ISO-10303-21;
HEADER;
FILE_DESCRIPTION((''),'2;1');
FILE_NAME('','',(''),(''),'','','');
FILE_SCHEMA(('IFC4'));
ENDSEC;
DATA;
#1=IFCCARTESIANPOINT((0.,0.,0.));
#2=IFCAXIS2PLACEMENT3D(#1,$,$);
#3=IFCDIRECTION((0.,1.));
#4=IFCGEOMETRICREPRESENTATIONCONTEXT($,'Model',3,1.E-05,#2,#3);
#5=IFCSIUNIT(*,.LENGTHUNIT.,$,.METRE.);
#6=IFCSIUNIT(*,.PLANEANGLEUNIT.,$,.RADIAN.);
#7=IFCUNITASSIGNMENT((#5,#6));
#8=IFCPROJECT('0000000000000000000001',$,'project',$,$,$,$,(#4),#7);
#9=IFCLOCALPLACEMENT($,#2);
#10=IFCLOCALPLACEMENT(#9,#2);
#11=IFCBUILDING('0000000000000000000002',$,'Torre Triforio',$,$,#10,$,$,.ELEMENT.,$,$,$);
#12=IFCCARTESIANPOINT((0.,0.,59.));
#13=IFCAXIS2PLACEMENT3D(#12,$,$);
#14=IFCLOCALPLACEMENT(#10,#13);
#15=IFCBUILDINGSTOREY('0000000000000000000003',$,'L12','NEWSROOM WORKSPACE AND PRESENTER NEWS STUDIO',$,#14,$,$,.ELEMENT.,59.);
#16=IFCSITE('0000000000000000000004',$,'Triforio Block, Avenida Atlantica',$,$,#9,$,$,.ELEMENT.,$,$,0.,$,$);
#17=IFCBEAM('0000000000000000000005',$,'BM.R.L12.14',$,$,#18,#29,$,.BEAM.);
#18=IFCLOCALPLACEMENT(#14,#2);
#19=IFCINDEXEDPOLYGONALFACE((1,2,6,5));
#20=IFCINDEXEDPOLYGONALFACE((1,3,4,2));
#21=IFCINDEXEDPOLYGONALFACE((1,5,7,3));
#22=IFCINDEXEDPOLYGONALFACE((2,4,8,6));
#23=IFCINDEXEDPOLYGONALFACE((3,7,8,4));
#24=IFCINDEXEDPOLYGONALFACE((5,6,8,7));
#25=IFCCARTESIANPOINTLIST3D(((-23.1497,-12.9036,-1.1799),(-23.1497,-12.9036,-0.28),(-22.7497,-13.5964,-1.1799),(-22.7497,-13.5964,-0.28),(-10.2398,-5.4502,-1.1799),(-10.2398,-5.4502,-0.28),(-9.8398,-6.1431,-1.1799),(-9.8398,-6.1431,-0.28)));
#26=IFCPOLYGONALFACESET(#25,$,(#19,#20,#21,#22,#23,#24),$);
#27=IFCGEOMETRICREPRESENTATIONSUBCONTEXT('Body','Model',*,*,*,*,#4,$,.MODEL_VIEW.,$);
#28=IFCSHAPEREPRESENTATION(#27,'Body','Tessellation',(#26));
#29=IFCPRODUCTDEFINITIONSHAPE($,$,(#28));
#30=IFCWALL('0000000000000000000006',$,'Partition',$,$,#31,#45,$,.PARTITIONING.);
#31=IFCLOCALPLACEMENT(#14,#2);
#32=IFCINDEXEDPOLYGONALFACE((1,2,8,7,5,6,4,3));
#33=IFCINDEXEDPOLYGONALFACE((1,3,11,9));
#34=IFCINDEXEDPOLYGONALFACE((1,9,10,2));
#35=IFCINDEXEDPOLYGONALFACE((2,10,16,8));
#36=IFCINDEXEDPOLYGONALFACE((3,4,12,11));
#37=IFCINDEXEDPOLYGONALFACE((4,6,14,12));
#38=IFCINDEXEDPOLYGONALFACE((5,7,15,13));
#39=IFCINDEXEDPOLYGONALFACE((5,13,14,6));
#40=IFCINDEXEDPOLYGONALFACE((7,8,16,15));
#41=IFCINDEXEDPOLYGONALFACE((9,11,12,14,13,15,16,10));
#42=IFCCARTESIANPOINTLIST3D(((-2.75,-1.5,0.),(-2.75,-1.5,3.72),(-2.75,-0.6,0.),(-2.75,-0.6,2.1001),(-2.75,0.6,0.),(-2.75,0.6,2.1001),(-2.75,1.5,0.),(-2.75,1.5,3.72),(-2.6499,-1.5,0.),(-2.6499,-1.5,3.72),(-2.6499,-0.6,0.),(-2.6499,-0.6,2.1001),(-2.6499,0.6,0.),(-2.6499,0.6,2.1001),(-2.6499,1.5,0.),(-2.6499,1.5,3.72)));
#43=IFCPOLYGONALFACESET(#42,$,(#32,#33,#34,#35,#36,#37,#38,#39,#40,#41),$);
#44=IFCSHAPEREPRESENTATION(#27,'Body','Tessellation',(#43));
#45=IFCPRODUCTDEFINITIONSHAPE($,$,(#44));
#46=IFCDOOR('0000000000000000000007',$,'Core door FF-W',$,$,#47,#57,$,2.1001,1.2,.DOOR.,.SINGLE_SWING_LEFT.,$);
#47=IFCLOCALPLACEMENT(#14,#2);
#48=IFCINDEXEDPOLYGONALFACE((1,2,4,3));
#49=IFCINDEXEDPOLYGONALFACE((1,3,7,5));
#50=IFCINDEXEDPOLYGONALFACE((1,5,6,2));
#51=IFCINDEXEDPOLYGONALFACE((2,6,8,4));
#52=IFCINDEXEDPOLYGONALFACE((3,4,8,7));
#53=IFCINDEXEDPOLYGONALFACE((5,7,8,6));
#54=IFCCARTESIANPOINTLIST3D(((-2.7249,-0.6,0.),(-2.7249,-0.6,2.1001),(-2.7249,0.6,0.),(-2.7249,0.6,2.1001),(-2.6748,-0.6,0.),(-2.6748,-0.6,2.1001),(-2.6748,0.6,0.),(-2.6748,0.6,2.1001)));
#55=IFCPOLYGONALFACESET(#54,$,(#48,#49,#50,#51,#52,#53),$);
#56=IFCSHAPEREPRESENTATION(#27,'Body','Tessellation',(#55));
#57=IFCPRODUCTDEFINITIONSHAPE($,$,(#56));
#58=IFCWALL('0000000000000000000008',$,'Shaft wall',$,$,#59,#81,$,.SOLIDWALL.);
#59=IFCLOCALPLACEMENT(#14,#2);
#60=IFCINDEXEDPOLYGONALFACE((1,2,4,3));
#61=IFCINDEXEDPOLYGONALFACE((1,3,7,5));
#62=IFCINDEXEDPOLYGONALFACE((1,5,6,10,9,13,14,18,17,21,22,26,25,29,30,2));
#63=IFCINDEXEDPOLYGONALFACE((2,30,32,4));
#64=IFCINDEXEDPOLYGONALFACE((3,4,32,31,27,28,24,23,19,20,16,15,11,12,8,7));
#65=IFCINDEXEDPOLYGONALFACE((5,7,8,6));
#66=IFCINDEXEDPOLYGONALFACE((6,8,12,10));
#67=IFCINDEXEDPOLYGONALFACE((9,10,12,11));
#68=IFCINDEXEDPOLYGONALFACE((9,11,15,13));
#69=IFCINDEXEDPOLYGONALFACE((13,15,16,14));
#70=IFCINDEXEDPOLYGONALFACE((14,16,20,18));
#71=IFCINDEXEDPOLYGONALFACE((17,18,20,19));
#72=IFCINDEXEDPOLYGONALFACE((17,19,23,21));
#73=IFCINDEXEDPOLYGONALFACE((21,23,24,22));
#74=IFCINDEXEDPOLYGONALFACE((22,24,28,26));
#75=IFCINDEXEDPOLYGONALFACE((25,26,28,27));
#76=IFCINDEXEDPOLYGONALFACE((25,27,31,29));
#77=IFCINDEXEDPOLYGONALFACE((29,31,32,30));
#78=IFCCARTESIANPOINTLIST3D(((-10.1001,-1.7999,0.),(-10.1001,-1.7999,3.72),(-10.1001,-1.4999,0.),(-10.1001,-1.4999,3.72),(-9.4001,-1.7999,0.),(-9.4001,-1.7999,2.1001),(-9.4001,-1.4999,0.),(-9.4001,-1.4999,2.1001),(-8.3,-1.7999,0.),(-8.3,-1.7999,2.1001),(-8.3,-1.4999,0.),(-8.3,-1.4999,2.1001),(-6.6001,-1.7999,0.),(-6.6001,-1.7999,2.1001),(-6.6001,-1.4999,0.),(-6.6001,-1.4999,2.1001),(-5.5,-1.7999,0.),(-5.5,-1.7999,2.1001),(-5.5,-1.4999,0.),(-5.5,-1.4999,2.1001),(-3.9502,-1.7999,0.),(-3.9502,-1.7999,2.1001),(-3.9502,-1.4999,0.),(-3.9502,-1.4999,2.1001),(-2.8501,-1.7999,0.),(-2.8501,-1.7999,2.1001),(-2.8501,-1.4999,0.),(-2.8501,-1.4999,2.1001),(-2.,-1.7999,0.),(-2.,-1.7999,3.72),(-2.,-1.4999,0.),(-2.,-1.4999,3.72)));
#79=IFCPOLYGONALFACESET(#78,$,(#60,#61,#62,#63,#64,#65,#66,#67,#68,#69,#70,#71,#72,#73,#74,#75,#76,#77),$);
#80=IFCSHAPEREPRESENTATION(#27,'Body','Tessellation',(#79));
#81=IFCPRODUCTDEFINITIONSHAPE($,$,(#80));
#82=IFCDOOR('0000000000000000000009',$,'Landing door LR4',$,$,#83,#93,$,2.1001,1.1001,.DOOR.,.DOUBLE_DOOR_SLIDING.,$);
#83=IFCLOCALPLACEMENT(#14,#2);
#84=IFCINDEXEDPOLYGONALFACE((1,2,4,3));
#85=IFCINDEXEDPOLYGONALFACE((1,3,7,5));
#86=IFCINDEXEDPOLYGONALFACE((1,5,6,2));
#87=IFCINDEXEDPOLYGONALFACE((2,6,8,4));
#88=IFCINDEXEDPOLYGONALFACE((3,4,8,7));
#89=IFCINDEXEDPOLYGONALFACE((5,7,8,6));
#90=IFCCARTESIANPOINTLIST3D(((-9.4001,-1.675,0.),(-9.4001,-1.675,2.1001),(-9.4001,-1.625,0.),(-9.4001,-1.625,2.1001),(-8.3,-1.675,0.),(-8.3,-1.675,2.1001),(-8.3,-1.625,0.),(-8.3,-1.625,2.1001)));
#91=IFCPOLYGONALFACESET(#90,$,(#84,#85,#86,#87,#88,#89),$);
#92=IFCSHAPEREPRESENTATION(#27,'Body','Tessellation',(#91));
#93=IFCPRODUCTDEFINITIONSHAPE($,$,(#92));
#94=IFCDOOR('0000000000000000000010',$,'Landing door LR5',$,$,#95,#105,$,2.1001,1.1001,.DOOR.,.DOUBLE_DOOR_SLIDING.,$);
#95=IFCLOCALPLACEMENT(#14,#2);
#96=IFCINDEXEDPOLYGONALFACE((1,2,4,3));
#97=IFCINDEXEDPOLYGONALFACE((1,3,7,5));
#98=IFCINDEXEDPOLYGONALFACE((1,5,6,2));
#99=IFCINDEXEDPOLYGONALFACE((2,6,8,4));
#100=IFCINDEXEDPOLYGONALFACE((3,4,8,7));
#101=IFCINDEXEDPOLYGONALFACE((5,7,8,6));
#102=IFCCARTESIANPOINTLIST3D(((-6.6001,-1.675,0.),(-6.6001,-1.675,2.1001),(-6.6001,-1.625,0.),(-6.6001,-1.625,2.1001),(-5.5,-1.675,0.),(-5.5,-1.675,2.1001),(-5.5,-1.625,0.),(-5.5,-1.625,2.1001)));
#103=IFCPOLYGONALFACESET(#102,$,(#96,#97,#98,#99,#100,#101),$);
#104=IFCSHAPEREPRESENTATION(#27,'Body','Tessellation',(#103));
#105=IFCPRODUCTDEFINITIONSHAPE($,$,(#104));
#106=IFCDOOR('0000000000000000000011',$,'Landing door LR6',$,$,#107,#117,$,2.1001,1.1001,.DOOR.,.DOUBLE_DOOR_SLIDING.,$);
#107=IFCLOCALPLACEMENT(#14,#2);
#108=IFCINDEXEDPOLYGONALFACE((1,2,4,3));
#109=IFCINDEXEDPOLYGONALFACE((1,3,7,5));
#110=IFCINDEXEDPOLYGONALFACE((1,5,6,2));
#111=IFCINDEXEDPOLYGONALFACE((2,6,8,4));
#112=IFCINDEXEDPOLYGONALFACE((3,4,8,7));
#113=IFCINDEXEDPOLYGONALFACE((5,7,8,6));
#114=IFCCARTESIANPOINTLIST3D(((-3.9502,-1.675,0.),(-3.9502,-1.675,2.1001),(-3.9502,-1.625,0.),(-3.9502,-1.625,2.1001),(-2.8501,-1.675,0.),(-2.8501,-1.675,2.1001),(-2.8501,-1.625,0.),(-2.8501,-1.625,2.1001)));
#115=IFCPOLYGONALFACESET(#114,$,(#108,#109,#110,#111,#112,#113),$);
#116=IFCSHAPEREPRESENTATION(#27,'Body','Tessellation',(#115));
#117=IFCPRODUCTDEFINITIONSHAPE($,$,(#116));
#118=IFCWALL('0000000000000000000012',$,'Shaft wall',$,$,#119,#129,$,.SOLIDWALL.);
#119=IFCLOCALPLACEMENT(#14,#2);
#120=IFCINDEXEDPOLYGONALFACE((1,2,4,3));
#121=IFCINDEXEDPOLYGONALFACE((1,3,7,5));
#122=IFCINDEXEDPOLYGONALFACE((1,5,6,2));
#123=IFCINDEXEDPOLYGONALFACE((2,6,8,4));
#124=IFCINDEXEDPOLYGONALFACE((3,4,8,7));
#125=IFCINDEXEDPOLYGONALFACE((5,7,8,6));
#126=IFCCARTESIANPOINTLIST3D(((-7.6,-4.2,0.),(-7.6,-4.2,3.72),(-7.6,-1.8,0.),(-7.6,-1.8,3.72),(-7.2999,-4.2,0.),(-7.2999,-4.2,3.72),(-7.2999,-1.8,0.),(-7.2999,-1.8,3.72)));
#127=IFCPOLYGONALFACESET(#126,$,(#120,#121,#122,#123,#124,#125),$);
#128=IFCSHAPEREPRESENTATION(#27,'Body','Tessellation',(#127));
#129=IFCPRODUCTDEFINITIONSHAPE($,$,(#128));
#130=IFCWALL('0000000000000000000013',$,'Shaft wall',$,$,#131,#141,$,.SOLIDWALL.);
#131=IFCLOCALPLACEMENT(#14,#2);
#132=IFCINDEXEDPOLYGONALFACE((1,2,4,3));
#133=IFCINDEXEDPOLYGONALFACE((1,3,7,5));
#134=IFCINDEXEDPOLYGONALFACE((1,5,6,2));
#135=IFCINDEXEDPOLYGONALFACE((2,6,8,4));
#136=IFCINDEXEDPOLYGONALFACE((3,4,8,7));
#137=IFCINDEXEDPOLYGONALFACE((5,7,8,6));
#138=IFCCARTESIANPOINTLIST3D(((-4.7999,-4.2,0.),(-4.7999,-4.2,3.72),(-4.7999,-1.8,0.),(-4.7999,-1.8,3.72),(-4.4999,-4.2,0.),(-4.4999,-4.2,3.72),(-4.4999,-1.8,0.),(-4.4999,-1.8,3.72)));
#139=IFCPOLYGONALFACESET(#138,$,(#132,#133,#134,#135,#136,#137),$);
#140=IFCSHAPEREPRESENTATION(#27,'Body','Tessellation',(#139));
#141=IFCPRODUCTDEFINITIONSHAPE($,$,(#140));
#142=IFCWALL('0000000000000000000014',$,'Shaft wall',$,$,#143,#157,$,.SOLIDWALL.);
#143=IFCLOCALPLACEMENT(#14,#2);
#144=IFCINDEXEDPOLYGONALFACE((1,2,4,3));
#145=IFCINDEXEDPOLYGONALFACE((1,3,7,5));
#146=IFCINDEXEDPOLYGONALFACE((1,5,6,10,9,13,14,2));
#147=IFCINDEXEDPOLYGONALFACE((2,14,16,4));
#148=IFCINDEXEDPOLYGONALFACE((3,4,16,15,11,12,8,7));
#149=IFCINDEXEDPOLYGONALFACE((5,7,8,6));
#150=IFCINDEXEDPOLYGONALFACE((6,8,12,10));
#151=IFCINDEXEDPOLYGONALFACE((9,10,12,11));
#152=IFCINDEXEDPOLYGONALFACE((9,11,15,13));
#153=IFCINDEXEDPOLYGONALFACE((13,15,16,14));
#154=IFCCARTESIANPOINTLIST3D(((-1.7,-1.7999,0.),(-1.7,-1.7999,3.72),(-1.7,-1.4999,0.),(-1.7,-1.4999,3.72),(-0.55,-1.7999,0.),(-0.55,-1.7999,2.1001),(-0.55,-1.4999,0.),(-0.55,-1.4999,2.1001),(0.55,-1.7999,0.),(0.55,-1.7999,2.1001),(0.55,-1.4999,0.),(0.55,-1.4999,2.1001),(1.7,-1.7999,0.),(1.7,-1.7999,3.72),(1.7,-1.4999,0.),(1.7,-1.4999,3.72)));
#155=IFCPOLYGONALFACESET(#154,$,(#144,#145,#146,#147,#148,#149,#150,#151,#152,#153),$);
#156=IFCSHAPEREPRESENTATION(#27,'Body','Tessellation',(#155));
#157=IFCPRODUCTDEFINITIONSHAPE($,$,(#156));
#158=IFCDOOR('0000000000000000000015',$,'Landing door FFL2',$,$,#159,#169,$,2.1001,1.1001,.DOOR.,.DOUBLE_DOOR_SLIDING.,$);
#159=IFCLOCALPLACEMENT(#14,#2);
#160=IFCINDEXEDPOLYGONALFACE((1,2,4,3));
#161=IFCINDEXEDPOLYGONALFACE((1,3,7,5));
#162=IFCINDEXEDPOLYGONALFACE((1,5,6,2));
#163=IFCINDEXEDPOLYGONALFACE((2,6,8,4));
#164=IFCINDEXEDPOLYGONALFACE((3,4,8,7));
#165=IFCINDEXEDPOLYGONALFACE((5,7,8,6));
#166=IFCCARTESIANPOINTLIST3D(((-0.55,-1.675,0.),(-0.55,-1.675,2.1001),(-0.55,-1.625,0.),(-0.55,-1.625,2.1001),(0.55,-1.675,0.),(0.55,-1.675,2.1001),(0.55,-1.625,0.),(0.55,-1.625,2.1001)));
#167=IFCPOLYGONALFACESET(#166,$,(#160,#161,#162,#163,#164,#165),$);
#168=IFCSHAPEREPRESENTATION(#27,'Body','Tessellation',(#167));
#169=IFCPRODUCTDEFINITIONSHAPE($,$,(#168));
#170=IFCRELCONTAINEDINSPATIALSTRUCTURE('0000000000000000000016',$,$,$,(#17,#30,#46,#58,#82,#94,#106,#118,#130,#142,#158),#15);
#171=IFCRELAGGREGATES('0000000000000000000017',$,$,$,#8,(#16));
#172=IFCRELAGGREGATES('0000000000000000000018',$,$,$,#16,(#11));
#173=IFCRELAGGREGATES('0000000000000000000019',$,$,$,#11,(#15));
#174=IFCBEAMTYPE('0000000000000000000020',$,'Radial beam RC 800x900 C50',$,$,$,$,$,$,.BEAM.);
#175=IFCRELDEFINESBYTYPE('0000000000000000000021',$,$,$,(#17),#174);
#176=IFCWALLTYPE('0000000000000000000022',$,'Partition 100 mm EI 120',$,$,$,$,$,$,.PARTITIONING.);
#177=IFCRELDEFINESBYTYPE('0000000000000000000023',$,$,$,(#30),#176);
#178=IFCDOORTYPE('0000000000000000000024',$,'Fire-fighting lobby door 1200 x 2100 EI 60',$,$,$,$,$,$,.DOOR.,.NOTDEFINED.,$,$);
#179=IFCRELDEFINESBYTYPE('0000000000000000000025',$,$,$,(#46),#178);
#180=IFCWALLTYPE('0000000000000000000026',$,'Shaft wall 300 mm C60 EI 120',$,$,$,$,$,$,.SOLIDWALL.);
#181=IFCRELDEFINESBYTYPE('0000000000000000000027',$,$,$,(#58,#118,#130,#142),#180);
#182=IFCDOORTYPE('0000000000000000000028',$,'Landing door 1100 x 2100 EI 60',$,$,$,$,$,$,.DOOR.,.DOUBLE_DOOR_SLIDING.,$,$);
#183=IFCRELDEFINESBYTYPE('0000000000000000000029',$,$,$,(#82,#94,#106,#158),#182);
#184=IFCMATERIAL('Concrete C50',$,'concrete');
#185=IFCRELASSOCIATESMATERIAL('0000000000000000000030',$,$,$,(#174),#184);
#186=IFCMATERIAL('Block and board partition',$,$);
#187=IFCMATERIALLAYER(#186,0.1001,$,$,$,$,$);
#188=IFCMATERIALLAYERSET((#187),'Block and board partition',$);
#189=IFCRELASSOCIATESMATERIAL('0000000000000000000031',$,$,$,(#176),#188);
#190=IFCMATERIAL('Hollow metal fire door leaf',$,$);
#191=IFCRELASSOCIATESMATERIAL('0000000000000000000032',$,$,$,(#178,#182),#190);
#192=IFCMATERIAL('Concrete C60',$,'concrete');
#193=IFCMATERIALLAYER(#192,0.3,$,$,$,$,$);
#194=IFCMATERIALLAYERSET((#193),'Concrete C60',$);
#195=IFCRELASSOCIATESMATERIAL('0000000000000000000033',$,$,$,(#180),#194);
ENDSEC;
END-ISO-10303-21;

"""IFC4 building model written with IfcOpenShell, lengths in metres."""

from ifc_helpers import new_model, si_unit, direction, frame, frame_2d, origin, origin_2d, place, context, subcontext, project, spatial, rectangle, extrude, material, layer, layer_set, material_profile, profile_set, type_object, element, fill, save


model = new_model("IFC4")

# Units and contexts
model_context = context("Model", 3, precision=1e-05, world=origin(), true_north=direction((0.0, 1.0)))
body_context = subcontext(model_context, "Body", "Model", "MODEL_VIEW")
ifc_project = project(units=[si_unit("LENGTHUNIT", "METRE"), si_unit("PLANEANGLEUNIT", "RADIAN")], contexts=[model_context])

# Site, building, storey
site_placement = place(None, origin())
site = spatial("IfcSite", under=ifc_project, at=site_placement, Name="Triforio Block, Avenida Atlantica", CompositionType="ELEMENT", RefElevation=0.0)
building_placement = place(site_placement, origin())
building = spatial("IfcBuilding", under=site, at=building_placement, Name="Torre Triforio", CompositionType="ELEMENT")
storey_placement = place(building_placement, frame((0.0, 0.0, 59.0)))
storey = spatial("IfcBuildingStorey", under=building, at=storey_placement, Name="L12", Description="NEWSROOM WORKSPACE AND PRESENTER NEWS STUDIO", CompositionType="ELEMENT", Elevation=59.0)

# Beam
ifc_material_1 = material(Name="Concrete C50", Category="concrete")
ifc_material_profile = material_profile(ifc_material_1, rectangle(XDim=0.8, YDim=0.8999, at=origin_2d()), Name="RC 800x900")
ifc_profile_set = profile_set([ifc_material_profile], Name="Concrete C50")
beam_type = type_object("IfcBeamType", Name="Radial beam RC 800x900 C50", PredefinedType="BEAM", material=ifc_profile_set)
beam_placement = place(storey_placement, frame((-10.0398, -5.7966, -0.73), z_axis=(-0.86603, -0.499991, 0.0), x_axis=(0.499991, -0.86603, 0.0)))
element("IfcBeam", 1, at=beam_placement, inside=storey, type_object=beam_type, Name="BM.R.L12.14", PredefinedType="BEAM", context=body_context, shape_type="SweptSolid", body=[
    extrude(rectangle(XDim=0.8, YDim=0.8999, at=origin_2d()), origin(), (0.0, 0.0, 1.0), 14.907),
])

# Wall, opening, door
ifc_material_2 = material(Name="Block and board partition")
ifc_layer_1 = layer(ifc_material_2, 0.1001)
ifc_layer_set_1 = layer_set([ifc_layer_1], Name="Block and board partition")
wall_type_1 = type_object("IfcWallType", Name="Partition 100 mm EI 120", PredefinedType="PARTITIONING", material=ifc_layer_set_1)
wall_1_placement = place(storey_placement, frame((-2.7, -1.5, 0.0), z_axis=(0.0, 0.0, 1.0), x_axis=(0.0, 1.0, 0.0)))
wall_1 = element("IfcWall", 2, at=wall_1_placement, inside=storey, type_object=wall_type_1, Name="Partition", PredefinedType="PARTITIONING", context=body_context, shape_type="SweptSolid", body=[
    extrude(rectangle(XDim=3.0, YDim=0.1001, at=frame_2d((1.5, 0.0))), origin(), (0.0, 0.0, 1.0), 3.72),
])
opening_1_placement = place(wall_1_placement, frame((0.8999, 0.0, 0.0)))
opening_1 = element("IfcOpeningElement", 3, at=opening_1_placement, cuts=wall_1, PredefinedType="OPENING", context=body_context, shape_type="SweptSolid", body=[
    extrude(rectangle(XDim=1.2, YDim=2.1001, at=frame_2d((0.6001, 1.05))), frame((0.0, 0.0601, 0.0), z_axis=(0.0, -1.0, 0.0), x_axis=(1.0, 0.0, 0.0)), (0.0, 0.0, 1.0), 0.1201),
])
ifc_material_3 = material(Name="Hollow metal fire door leaf")
door_type_1 = type_object("IfcDoorType", Name="Fire-fighting lobby door 1200 x 2100 EI 60", OperationType="NOTDEFINED", PredefinedType="DOOR", material=ifc_material_3)
door_1_placement = place(opening_1_placement, origin())
door_1 = element("IfcDoor", 4, at=door_1_placement, inside=storey, type_object=door_type_1, Name="Core door FF-W", OperationType="SINGLE_SWING_LEFT", OverallHeight=2.1001, OverallWidth=1.2, PredefinedType="DOOR", context=body_context, shape_type="SweptSolid", body=[
    extrude(rectangle(XDim=1.2, YDim=2.1001, at=frame_2d((0.6001, 1.05))), frame((0.0, 0.0249, 0.0), z_axis=(0.0, -1.0, 0.0), x_axis=(1.0, 0.0, 0.0)), (0.0, 0.0, 1.0), 0.05),
])
fill(opening_1, door_1)

# Wall, openings, doors
ifc_material_4 = material(Name="Concrete C60", Category="concrete")
ifc_layer_2 = layer(ifc_material_4, 0.3)
ifc_layer_set_2 = layer_set([ifc_layer_2], Name="Concrete C60")
wall_type_2 = type_object("IfcWallType", Name="Shaft wall 300 mm C60 EI 120", PredefinedType="SOLIDWALL", material=ifc_layer_set_2)
wall_2_placement = place(storey_placement, frame((-10.1001, -1.6499, 0.0), z_axis=(0.0, 0.0, 1.0), x_axis=(1.0, 0.0, 0.0)))
wall_2 = element("IfcWall", 5, at=wall_2_placement, inside=storey, type_object=wall_type_2, Name="Shaft wall", PredefinedType="SOLIDWALL", context=body_context, shape_type="SweptSolid", body=[
    extrude(rectangle(XDim=8.1001, YDim=0.3, at=frame_2d((4.05, 0.0))), origin(), (0.0, 0.0, 1.0), 3.72),
])
opening_2_placement = place(wall_2_placement, frame((0.7, 0.0, 0.0)))
opening_2 = element("IfcOpeningElement", 6, at=opening_2_placement, cuts=wall_2, PredefinedType="OPENING", context=body_context, shape_type="SweptSolid", body=[
    extrude(rectangle(XDim=1.1001, YDim=2.1001, at=frame_2d((0.55, 1.05))), frame((0.0, 0.1599, 0.0), z_axis=(0.0, -1.0, 0.0), x_axis=(1.0, 0.0, 0.0)), (0.0, 0.0, 1.0), 0.3201),
])
opening_3_placement = place(wall_2_placement, frame((3.5, 0.0, 0.0)))
opening_3 = element("IfcOpeningElement", 7, at=opening_3_placement, cuts=wall_2, PredefinedType="OPENING", context=body_context, shape_type="SweptSolid", body=[
    extrude(rectangle(XDim=1.1001, YDim=2.1001, at=frame_2d((0.55, 1.05))), frame((0.0, 0.1599, 0.0), z_axis=(0.0, -1.0, 0.0), x_axis=(1.0, 0.0, 0.0)), (0.0, 0.0, 1.0), 0.3201),
])
opening_4_placement = place(wall_2_placement, frame((6.1499, 0.0, 0.0)))
opening_4 = element("IfcOpeningElement", 8, at=opening_4_placement, cuts=wall_2, PredefinedType="OPENING", context=body_context, shape_type="SweptSolid", body=[
    extrude(rectangle(XDim=1.1001, YDim=2.1001, at=frame_2d((0.55, 1.05))), frame((0.0, 0.1599, 0.0), z_axis=(0.0, -1.0, 0.0), x_axis=(1.0, 0.0, 0.0)), (0.0, 0.0, 1.0), 0.3201),
])
door_type_2 = type_object("IfcDoorType", Name="Landing door 1100 x 2100 EI 60", OperationType="DOUBLE_DOOR_SLIDING", PredefinedType="DOOR", material=ifc_material_3)
door_2_placement = place(opening_2_placement, origin())
door_2 = element("IfcDoor", 9, at=door_2_placement, inside=storey, type_object=door_type_2, Name="Landing door LR4", OperationType="DOUBLE_DOOR_SLIDING", OverallHeight=2.1001, OverallWidth=1.1001, PredefinedType="DOOR", context=body_context, shape_type="SweptSolid", body=[
    extrude(rectangle(XDim=1.1001, YDim=2.1001, at=frame_2d((0.55, 1.05))), frame((0.0, 0.0249, 0.0), z_axis=(0.0, -1.0, 0.0), x_axis=(1.0, 0.0, 0.0)), (0.0, 0.0, 1.0), 0.05),
])
fill(opening_2, door_2)
door_3_placement = place(opening_3_placement, origin())
door_3 = element("IfcDoor", 10, at=door_3_placement, inside=storey, type_object=door_type_2, Name="Landing door LR5", OperationType="DOUBLE_DOOR_SLIDING", OverallHeight=2.1001, OverallWidth=1.1001, PredefinedType="DOOR", context=body_context, shape_type="SweptSolid", body=[
    extrude(rectangle(XDim=1.1001, YDim=2.1001, at=frame_2d((0.55, 1.05))), frame((0.0, 0.0249, 0.0), z_axis=(0.0, -1.0, 0.0), x_axis=(1.0, 0.0, 0.0)), (0.0, 0.0, 1.0), 0.05),
])
fill(opening_3, door_3)
door_4_placement = place(opening_4_placement, origin())
door_4 = element("IfcDoor", 11, at=door_4_placement, inside=storey, type_object=door_type_2, Name="Landing door LR6", OperationType="DOUBLE_DOOR_SLIDING", OverallHeight=2.1001, OverallWidth=1.1001, PredefinedType="DOOR", context=body_context, shape_type="SweptSolid", body=[
    extrude(rectangle(XDim=1.1001, YDim=2.1001, at=frame_2d((0.55, 1.05))), frame((0.0, 0.0249, 0.0), z_axis=(0.0, -1.0, 0.0), x_axis=(1.0, 0.0, 0.0)), (0.0, 0.0, 1.0), 0.05),
])
fill(opening_4, door_4)

# Walls
for number, where, z_axis, x_axis, name in (
    (12, (-7.45, -4.2, 0.0), (0.0, 0.0, 1.0), (0.0, 1.0, 0.0), "Shaft wall"),
    (13, (-4.6499, -4.2, 0.0), (0.0, 0.0, 1.0), (0.0, 1.0, 0.0), "Shaft wall"),
):
    element("IfcWall", number, at=place(storey_placement, frame(where, z_axis=z_axis, x_axis=x_axis)), inside=storey, type_object=wall_type_2, Name=name, PredefinedType="SOLIDWALL", context=body_context, shape_type="SweptSolid", body=[
        extrude(rectangle(XDim=2.3999, YDim=0.3, at=frame_2d((1.2, 0.0))), origin(), (0.0, 0.0, 1.0), 3.72),
    ])

# Wall, opening, door
wall_3_placement = place(storey_placement, frame((-1.7, -1.6499, 0.0), z_axis=(0.0, 0.0, 1.0), x_axis=(1.0, 0.0, 0.0)))
wall_3 = element("IfcWall", 14, at=wall_3_placement, inside=storey, type_object=wall_type_2, Name="Shaft wall", PredefinedType="SOLIDWALL", context=body_context, shape_type="SweptSolid", body=[
    extrude(rectangle(XDim=3.3999, YDim=0.3, at=frame_2d((1.7, 0.0))), origin(), (0.0, 0.0, 1.0), 3.72),
])
opening_5_placement = place(wall_3_placement, frame((1.1499, 0.0, 0.0)))
opening_5 = element("IfcOpeningElement", 15, at=opening_5_placement, cuts=wall_3, PredefinedType="OPENING", context=body_context, shape_type="SweptSolid", body=[
    extrude(rectangle(XDim=1.1001, YDim=2.1001, at=frame_2d((0.55, 1.05))), frame((0.0, 0.1599, 0.0), z_axis=(0.0, -1.0, 0.0), x_axis=(1.0, 0.0, 0.0)), (0.0, 0.0, 1.0), 0.3201),
])
door_5_placement = place(opening_5_placement, origin())
door_5 = element("IfcDoor", 16, at=door_5_placement, inside=storey, type_object=door_type_2, Name="Landing door FFL2", OperationType="DOUBLE_DOOR_SLIDING", OverallHeight=2.1001, OverallWidth=1.1001, PredefinedType="DOOR", context=body_context, shape_type="SweptSolid", body=[
    extrude(rectangle(XDim=1.1001, YDim=2.1001, at=frame_2d((0.55, 1.05))), frame((0.0, 0.0249, 0.0), z_axis=(0.0, -1.0, 0.0), x_axis=(1.0, 0.0, 0.0)), (0.0, 0.0, 1.0), 0.05),
])
fill(opening_5, door_5)

save(model, "model.ifc")
